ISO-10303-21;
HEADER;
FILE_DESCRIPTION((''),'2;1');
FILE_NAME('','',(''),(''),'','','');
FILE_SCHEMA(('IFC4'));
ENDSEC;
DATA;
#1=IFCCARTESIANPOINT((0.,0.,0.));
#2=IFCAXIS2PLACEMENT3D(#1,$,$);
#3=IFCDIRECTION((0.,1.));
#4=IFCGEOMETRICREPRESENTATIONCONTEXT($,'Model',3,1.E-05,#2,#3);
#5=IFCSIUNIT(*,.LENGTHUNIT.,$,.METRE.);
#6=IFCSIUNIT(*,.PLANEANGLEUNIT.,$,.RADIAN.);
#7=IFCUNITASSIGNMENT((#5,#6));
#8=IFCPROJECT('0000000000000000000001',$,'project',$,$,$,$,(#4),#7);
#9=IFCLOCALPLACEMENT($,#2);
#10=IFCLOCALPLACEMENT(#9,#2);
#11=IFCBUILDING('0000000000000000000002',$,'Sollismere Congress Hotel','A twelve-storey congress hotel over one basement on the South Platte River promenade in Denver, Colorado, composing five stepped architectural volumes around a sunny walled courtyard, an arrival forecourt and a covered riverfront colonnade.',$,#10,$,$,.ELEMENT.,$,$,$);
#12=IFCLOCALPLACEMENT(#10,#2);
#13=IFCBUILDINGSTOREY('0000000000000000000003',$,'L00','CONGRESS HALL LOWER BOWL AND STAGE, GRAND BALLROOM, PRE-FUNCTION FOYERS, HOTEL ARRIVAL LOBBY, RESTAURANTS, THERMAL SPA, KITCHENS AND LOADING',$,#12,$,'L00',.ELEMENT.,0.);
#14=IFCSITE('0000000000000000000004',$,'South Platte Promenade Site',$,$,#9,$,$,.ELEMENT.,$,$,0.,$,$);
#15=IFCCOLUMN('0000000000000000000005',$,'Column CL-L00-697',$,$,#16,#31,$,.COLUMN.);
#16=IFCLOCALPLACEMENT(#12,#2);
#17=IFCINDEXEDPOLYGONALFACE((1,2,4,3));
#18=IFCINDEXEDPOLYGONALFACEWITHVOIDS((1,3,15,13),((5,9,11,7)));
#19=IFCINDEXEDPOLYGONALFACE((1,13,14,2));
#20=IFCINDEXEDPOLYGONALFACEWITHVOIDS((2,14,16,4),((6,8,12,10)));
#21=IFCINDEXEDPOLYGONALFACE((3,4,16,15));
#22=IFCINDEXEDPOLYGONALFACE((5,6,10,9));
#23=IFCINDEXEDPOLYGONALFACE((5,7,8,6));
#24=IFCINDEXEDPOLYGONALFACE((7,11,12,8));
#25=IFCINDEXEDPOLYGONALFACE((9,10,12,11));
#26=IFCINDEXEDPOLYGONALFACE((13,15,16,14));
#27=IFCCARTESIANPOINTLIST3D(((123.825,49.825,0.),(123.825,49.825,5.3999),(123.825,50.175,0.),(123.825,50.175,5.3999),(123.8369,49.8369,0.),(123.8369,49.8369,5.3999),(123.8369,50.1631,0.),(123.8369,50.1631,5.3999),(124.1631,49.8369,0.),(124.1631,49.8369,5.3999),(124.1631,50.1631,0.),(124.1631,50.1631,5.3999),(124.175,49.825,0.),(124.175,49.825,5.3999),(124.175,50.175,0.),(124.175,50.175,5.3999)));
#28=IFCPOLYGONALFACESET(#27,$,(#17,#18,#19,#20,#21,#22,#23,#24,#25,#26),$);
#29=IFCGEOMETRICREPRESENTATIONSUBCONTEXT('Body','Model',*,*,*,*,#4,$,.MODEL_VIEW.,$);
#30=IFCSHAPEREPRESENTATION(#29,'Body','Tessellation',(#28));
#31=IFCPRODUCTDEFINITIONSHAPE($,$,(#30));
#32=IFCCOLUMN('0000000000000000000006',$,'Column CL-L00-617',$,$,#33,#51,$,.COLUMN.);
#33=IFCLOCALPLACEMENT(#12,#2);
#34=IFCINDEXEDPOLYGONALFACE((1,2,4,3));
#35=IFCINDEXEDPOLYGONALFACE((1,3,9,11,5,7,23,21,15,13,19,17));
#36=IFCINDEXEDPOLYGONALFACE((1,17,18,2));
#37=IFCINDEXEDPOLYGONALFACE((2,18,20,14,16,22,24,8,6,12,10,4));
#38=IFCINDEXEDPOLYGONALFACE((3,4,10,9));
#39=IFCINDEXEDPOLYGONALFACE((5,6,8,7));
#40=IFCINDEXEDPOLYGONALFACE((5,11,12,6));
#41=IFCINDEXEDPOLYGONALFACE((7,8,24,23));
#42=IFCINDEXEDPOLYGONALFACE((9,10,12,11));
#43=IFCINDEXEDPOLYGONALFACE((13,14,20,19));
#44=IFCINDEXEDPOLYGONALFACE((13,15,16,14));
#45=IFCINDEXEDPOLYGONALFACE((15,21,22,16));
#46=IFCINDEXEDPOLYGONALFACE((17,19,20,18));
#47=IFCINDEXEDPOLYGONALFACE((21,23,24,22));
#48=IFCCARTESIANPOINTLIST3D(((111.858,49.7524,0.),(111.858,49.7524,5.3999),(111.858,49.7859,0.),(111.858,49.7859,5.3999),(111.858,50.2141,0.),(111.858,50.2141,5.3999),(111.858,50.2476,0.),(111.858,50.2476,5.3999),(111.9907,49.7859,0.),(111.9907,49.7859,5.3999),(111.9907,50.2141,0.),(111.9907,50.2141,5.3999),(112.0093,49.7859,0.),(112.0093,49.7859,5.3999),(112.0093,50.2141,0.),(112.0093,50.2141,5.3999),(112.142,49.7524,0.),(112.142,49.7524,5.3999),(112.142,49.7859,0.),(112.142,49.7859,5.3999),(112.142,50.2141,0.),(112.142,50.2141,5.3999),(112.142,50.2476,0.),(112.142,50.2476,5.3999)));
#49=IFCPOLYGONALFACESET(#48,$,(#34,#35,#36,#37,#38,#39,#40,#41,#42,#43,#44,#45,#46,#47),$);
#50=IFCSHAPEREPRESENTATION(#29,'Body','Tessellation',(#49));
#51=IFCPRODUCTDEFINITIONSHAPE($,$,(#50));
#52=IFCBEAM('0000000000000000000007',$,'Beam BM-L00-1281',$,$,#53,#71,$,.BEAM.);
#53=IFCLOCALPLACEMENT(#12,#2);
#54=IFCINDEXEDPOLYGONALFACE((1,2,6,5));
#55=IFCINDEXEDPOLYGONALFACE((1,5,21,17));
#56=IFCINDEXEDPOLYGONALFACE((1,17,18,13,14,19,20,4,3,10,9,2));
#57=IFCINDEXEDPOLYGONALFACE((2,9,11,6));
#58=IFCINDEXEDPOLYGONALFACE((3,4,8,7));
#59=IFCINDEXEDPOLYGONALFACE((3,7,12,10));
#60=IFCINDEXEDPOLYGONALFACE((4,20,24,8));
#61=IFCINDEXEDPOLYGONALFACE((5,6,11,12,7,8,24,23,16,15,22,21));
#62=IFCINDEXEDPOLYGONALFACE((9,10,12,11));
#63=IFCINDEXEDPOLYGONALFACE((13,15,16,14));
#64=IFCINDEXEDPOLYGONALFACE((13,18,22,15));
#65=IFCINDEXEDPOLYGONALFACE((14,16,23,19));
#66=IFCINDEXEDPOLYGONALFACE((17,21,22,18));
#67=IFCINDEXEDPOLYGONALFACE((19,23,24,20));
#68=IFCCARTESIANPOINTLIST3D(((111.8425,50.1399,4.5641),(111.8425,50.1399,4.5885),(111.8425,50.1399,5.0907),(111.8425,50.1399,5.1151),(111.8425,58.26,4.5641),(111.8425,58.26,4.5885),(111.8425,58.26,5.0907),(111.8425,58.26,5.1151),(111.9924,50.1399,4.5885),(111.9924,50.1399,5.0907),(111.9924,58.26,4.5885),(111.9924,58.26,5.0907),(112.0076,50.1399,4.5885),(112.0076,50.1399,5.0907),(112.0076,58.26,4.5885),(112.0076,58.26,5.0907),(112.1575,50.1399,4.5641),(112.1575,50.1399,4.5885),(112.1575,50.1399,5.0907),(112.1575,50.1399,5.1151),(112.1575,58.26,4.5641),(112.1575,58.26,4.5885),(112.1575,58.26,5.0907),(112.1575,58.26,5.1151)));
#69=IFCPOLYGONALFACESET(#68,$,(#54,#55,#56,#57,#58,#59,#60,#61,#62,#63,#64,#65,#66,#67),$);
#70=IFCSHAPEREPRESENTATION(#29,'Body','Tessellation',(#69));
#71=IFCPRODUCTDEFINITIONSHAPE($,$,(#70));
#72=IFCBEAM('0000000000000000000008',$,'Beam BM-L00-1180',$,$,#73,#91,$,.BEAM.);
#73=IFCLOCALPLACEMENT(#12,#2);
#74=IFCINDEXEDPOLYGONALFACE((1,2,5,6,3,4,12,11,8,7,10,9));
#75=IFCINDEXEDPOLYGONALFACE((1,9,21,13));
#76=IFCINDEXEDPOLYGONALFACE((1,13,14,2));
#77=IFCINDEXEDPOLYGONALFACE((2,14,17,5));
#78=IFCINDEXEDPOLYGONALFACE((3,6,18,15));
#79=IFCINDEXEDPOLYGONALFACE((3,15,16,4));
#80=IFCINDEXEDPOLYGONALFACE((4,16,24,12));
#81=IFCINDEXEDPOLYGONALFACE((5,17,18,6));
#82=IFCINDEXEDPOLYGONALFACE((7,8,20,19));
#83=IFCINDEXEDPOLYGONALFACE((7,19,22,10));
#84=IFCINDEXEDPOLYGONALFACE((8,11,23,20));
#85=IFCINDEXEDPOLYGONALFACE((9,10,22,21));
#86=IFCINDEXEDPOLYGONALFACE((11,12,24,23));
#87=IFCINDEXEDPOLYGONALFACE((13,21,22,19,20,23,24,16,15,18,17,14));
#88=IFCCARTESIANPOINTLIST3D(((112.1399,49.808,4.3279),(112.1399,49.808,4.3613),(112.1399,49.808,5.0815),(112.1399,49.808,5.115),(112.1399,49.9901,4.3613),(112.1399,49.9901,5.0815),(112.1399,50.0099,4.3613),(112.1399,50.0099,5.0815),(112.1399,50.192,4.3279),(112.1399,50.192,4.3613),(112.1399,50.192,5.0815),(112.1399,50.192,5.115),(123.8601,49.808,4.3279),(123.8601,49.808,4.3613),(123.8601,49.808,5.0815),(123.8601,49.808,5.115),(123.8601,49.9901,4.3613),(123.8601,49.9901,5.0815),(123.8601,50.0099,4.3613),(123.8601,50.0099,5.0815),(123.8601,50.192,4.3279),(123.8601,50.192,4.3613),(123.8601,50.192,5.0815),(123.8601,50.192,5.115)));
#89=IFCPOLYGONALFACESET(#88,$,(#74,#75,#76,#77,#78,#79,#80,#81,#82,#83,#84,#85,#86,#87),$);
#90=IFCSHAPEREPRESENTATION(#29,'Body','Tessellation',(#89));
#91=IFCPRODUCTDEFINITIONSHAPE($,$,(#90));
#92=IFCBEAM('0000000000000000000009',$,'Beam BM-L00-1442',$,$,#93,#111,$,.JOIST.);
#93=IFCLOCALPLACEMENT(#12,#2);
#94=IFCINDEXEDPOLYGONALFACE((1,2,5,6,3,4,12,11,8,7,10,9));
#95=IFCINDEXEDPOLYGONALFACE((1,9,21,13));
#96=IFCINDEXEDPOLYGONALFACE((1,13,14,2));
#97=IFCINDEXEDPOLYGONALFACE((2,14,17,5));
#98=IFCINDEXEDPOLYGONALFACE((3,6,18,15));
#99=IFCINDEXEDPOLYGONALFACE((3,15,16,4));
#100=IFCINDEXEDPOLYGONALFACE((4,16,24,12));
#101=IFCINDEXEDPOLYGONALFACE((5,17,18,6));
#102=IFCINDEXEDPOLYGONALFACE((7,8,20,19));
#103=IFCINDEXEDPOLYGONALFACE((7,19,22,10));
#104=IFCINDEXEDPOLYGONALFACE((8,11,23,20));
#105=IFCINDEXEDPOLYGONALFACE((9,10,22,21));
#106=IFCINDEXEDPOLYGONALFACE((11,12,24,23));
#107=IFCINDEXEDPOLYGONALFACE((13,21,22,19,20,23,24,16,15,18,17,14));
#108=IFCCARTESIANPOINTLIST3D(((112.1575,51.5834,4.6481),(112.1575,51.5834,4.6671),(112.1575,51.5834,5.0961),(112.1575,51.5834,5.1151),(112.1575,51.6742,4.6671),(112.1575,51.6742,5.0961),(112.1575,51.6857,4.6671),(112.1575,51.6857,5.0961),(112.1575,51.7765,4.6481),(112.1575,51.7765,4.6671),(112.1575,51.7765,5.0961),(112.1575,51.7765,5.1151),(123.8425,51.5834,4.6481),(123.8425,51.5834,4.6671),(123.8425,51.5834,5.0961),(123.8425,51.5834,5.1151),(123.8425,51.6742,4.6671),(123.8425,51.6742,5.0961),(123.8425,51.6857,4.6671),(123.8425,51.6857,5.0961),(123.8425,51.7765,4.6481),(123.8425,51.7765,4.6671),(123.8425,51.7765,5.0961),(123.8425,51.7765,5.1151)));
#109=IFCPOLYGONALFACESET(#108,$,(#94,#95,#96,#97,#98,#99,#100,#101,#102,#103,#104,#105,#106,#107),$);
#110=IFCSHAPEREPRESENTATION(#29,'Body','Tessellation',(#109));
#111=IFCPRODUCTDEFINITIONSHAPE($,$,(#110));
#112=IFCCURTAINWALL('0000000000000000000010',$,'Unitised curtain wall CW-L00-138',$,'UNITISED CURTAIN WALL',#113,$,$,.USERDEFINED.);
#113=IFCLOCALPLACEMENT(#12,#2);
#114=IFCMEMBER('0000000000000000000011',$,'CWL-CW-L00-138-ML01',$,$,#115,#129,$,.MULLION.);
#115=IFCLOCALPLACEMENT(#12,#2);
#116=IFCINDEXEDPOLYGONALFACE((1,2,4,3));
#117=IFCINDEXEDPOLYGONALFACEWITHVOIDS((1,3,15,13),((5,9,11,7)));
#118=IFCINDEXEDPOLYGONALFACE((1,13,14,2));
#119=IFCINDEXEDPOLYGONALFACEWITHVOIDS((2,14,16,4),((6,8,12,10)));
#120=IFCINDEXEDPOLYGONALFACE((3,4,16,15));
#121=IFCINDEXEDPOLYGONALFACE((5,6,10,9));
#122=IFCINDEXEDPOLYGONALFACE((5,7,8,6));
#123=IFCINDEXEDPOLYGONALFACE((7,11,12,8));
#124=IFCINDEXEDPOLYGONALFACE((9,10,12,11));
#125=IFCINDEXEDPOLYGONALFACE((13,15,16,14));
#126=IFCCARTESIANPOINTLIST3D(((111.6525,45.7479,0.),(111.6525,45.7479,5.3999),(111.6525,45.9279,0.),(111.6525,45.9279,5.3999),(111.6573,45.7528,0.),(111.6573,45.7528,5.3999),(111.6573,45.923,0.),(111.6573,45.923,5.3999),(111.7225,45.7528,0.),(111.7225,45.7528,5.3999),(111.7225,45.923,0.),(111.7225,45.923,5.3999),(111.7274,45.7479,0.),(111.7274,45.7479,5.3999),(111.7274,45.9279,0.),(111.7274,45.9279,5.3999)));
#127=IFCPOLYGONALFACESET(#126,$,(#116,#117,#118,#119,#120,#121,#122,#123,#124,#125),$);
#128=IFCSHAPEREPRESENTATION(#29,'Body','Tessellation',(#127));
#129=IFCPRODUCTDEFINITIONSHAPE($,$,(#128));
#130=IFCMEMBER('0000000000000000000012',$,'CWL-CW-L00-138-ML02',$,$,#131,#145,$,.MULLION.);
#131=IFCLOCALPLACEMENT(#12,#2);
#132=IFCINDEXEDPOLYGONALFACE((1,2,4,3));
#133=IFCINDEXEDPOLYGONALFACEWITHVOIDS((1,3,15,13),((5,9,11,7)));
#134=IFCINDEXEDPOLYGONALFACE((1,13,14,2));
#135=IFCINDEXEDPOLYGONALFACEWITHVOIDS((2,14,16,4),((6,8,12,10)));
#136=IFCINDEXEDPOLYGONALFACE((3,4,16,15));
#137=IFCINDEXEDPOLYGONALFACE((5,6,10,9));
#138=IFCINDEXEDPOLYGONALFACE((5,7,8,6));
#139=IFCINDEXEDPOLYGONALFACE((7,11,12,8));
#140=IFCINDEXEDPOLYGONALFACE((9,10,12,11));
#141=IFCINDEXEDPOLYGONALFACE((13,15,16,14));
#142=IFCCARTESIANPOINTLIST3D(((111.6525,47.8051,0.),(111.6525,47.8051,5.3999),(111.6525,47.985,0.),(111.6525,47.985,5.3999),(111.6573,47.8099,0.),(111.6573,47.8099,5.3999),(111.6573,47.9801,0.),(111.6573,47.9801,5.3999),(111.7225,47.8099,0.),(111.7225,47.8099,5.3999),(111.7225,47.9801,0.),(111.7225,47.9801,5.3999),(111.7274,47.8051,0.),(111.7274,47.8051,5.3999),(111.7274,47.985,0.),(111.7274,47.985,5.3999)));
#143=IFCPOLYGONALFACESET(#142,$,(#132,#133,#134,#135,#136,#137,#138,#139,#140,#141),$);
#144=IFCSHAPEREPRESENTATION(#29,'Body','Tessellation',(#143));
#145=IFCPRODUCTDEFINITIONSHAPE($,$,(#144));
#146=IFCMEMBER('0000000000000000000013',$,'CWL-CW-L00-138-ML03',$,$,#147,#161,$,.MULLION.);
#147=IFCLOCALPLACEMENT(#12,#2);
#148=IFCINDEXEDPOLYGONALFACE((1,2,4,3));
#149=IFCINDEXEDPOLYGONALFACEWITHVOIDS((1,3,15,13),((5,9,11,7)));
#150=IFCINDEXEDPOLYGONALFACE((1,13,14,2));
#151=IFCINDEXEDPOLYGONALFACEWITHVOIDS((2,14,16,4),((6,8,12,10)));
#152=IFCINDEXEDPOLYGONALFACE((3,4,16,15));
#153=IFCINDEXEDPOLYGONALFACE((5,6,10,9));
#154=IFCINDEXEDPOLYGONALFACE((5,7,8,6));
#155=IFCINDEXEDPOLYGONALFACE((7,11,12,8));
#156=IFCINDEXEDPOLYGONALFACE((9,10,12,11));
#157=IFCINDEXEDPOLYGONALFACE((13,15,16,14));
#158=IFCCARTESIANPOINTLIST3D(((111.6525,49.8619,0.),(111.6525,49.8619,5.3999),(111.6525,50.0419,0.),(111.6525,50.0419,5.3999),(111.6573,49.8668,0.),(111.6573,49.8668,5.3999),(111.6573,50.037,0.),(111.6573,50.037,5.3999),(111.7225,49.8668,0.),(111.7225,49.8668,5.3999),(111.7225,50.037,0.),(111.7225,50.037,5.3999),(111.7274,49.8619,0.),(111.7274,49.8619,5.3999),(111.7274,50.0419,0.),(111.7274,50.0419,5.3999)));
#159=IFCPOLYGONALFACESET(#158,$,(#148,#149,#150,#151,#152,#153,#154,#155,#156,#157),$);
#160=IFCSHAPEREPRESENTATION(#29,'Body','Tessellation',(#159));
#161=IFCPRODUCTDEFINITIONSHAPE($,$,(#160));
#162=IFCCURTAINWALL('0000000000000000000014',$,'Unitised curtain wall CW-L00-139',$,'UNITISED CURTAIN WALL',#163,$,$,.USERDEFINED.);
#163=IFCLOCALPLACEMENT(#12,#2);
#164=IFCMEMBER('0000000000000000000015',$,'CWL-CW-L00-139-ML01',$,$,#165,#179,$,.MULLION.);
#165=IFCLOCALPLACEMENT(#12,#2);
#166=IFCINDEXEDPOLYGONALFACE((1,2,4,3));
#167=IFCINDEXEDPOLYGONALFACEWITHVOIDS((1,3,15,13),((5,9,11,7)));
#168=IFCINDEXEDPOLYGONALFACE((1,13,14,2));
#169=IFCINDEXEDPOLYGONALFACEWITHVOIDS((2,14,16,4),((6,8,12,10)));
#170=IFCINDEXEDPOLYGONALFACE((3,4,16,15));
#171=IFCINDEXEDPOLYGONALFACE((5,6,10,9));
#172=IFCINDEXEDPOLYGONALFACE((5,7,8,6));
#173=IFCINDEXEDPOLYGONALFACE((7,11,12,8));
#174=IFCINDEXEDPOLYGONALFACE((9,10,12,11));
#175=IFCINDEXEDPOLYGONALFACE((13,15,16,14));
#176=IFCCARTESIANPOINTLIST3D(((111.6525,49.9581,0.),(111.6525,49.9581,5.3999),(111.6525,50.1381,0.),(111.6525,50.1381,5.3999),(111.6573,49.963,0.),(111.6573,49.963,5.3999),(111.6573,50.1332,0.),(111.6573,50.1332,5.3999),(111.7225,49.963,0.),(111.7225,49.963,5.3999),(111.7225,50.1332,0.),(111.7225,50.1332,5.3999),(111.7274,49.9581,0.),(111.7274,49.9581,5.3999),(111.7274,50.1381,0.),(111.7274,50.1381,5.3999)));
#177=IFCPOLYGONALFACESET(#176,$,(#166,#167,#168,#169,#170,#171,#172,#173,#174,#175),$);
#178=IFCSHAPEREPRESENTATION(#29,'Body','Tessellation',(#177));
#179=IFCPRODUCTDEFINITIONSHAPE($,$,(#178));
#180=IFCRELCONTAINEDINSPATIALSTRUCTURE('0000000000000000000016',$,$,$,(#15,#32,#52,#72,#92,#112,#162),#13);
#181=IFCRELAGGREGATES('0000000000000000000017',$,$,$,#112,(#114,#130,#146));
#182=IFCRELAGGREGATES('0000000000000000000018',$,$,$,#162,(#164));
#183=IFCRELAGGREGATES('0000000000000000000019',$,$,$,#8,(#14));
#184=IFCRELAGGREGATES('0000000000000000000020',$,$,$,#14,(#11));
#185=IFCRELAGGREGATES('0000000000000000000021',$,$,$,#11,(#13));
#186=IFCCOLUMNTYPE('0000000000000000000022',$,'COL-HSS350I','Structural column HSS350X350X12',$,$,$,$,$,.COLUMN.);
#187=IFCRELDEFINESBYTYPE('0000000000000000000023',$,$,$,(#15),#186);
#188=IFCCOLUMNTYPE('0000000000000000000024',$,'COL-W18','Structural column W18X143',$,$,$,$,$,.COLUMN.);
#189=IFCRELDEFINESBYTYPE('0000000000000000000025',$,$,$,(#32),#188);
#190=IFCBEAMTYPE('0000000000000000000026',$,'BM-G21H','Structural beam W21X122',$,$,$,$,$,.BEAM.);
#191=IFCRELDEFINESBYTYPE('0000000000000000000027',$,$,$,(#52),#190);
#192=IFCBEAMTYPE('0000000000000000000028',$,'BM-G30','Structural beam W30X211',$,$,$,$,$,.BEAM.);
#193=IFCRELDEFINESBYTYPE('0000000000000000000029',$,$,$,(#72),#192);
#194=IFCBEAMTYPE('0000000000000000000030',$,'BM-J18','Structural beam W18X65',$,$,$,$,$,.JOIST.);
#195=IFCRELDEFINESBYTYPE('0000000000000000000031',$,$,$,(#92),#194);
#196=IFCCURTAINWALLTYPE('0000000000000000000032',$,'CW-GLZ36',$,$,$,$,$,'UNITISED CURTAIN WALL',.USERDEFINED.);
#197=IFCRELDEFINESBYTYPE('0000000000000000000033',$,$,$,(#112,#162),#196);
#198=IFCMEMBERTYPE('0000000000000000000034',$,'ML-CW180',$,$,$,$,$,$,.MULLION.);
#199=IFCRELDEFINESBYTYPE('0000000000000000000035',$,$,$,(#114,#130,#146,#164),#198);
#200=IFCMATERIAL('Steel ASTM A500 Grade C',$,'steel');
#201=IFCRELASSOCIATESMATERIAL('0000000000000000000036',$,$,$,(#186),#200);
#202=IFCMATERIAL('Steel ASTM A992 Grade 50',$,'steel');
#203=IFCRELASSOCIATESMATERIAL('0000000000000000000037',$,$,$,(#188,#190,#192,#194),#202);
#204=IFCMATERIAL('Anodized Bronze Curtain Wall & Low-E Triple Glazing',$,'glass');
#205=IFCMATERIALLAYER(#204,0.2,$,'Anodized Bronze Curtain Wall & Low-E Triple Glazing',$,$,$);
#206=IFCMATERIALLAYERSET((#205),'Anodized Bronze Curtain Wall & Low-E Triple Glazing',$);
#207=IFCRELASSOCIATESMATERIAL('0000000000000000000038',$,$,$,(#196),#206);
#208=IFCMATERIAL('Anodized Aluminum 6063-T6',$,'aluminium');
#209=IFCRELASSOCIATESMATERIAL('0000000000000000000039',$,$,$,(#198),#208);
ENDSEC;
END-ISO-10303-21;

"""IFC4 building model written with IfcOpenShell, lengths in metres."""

from ifc_helpers import new_model, si_unit, direction, frame, origin, origin_2d, place, context, subcontext, project, spatial, hollow_rectangle, i_section, extrude, material, layer, layer_set, material_profile, profile_set, type_object, element, aggregate, save


model = new_model("IFC4")

# Units and contexts
model_context = context("Model", 3, precision=1e-05, world=origin(), true_north=direction((0.0, 1.0)))
body_context = subcontext(model_context, "Body", "Model", "MODEL_VIEW")
ifc_project = project(units=[si_unit("LENGTHUNIT", "METRE"), si_unit("PLANEANGLEUNIT", "RADIAN")], contexts=[model_context])

# Site, building, storey
site_placement = place(None, origin())
site = spatial("IfcSite", under=ifc_project, at=site_placement, Name="South Platte Promenade Site", CompositionType="ELEMENT", RefElevation=0.0)
building_placement = place(site_placement, origin())
building = spatial("IfcBuilding", under=site, at=building_placement, Name="Sollismere Congress Hotel", Description="A twelve-storey congress hotel over one basement on the South Platte River promenade in Denver, Colorado, composing five stepped architectural volumes around a sunny walled courtyard, an arrival forecourt and a covered riverfront colonnade.", CompositionType="ELEMENT")
storey_placement = place(building_placement, origin())
storey = spatial("IfcBuildingStorey", under=building, at=storey_placement, Name="L00", Description="CONGRESS HALL LOWER BOWL AND STAGE, GRAND BALLROOM, PRE-FUNCTION FOYERS, HOTEL ARRIVAL LOBBY, RESTAURANTS, THERMAL SPA, KITCHENS AND LOADING", LongName="L00", CompositionType="ELEMENT", Elevation=0.0)

# Columns
ifc_material_1 = material(Name="Steel ASTM A500 Grade C", Category="steel")
ifc_material_profile_1 = material_profile(ifc_material_1, hollow_rectangle(XDim=0.3501, YDim=0.3501, WallThickness=0.012, at=origin_2d()), Name="HSS350X350X12")
ifc_profile_set_1 = profile_set([ifc_material_profile_1], Name="Steel ASTM A500 Grade C")
column_type_1 = type_object("IfcColumnType", Name="COL-HSS350I", Description="Structural column HSS350X350X12", PredefinedType="COLUMN", material=ifc_profile_set_1)
column_1_placement = place(storey_placement, frame((124.0, 50.0, 0.0), z_axis=(0.0, 0.0, 1.0), x_axis=(1.0, 0.0, 0.0)))
element("IfcColumn", 1, at=column_1_placement, inside=storey, type_object=column_type_1, Name="Column CL-L00-697", PredefinedType="COLUMN", context=body_context, shape_type="SweptSolid", body=[
    extrude(hollow_rectangle(XDim=0.3501, YDim=0.3501, WallThickness=0.012, at=origin_2d()), origin(), (0.0, 0.0, 1.0), 5.3999),
])
ifc_material_2 = material(Name="Steel ASTM A992 Grade 50", Category="steel")
ifc_material_profile_2 = material_profile(ifc_material_2, i_section(OverallWidth=0.2839, OverallDepth=0.4951, WebThickness=0.0186, FlangeThickness=0.0334, at=origin_2d()), Name="W18X143")
ifc_profile_set_2 = profile_set([ifc_material_profile_2], Name="Steel ASTM A992 Grade 50")
column_type_2 = type_object("IfcColumnType", Name="COL-W18", Description="Structural column W18X143", PredefinedType="COLUMN", material=ifc_profile_set_2)
column_2_placement = place(storey_placement, frame((112.0, 50.0, 0.0), z_axis=(0.0, 0.0, 1.0), x_axis=(1.0, 0.0, 0.0)))
element("IfcColumn", 2, at=column_2_placement, inside=storey, type_object=column_type_2, Name="Column CL-L00-617", PredefinedType="COLUMN", context=body_context, shape_type="SweptSolid", body=[
    extrude(i_section(OverallWidth=0.2839, OverallDepth=0.4951, WebThickness=0.0186, FlangeThickness=0.0334, at=origin_2d()), origin(), (0.0, 0.0, 1.0), 5.3999),
])

# Beams
ifc_material_profile_3 = material_profile(ifc_material_2, i_section(OverallWidth=0.3149, OverallDepth=0.551, WebThickness=0.0151, FlangeThickness=0.0244, at=origin_2d()), Name="W21X122")
ifc_profile_set_3 = profile_set([ifc_material_profile_3], Name="Steel ASTM A992 Grade 50")
beam_type_1 = type_object("IfcBeamType", Name="BM-G21H", Description="Structural beam W21X122", PredefinedType="BEAM", material=ifc_profile_set_3)
beam_1_placement = place(storey_placement, frame((112.0, 50.1399, 4.8396), z_axis=(0.0, 1.0, 0.0), x_axis=(-1.0, 0.0, 0.0)))
element("IfcBeam", 3, at=beam_1_placement, inside=storey, type_object=beam_type_1, Name="Beam BM-L00-1281", PredefinedType="BEAM", context=body_context, shape_type="SweptSolid", body=[
    extrude(i_section(OverallWidth=0.3149, OverallDepth=0.551, WebThickness=0.0151, FlangeThickness=0.0244, at=origin_2d()), origin(), (0.0, 0.0, 1.0), 8.1201),
])
ifc_material_profile_4 = material_profile(ifc_material_2, i_section(OverallWidth=0.384, OverallDepth=0.7871, WebThickness=0.0198, FlangeThickness=0.0334, at=origin_2d()), Name="W30X211")
ifc_profile_set_4 = profile_set([ifc_material_profile_4], Name="Steel ASTM A992 Grade 50")
beam_type_2 = type_object("IfcBeamType", Name="BM-G30", Description="Structural beam W30X211", PredefinedType="BEAM", material=ifc_profile_set_4)
beam_2_placement = place(storey_placement, frame((112.1399, 50.0, 4.7214), z_axis=(1.0, 0.0, 0.0), x_axis=(0.0, 1.0, 0.0)))
element("IfcBeam", 4, at=beam_2_placement, inside=storey, type_object=beam_type_2, Name="Beam BM-L00-1180", PredefinedType="BEAM", context=body_context, shape_type="SweptSolid", body=[
    extrude(i_section(OverallWidth=0.384, OverallDepth=0.7871, WebThickness=0.0198, FlangeThickness=0.0334, at=origin_2d()), origin(), (0.0, 0.0, 1.0), 11.7202),
])
ifc_material_profile_5 = material_profile(ifc_material_2, i_section(OverallWidth=0.1931, OverallDepth=0.467, WebThickness=0.0115, FlangeThickness=0.019, at=origin_2d()), Name="W18X65")
ifc_profile_set_5 = profile_set([ifc_material_profile_5], Name="Steel ASTM A992 Grade 50")
beam_type_3 = type_object("IfcBeamType", Name="BM-J18", Description="Structural beam W18X65", PredefinedType="JOIST", material=ifc_profile_set_5)
beam_3_placement = place(storey_placement, frame((112.1575, 51.6799, 4.8816), z_axis=(1.0, 0.0, 0.0), x_axis=(0.0, 1.0, 0.0)))
element("IfcBeam", 5, at=beam_3_placement, inside=storey, type_object=beam_type_3, Name="Beam BM-L00-1442", PredefinedType="JOIST", context=body_context, shape_type="SweptSolid", body=[
    extrude(i_section(OverallWidth=0.1931, OverallDepth=0.467, WebThickness=0.0115, FlangeThickness=0.019, at=origin_2d()), origin(), (0.0, 0.0, 1.0), 11.6851),
])

# Curtain walls, members
ifc_material_3 = material(Name="Anodized Bronze Curtain Wall & Low-E Triple Glazing", Category="glass")
ifc_layer_1 = layer(ifc_material_3, 0.2, Name="Anodized Bronze Curtain Wall & Low-E Triple Glazing")
ifc_layer_set_1 = layer_set([ifc_layer_1], Name="Anodized Bronze Curtain Wall & Low-E Triple Glazing")
curtain_wall_type = type_object("IfcCurtainWallType", Name="CW-GLZ36", ElementType="UNITISED CURTAIN WALL", PredefinedType="USERDEFINED", material=ifc_layer_set_1)
curtain_wall_1_placement = place(storey_placement, origin())
curtain_wall_1 = element("IfcCurtainWall", 6, at=curtain_wall_1_placement, inside=storey, type_object=curtain_wall_type, Name="Unitised curtain wall CW-L00-138", ObjectType="UNITISED CURTAIN WALL", PredefinedType="USERDEFINED")
ifc_material_4 = material(Name="Anodized Aluminum 6063-T6", Category="aluminium")
ifc_material_profile_6 = material_profile(ifc_material_4, hollow_rectangle(XDim=0.075, YDim=0.1799, WallThickness=0.0049, at=origin_2d()), Name="ALU180X75X5")
ifc_profile_set_6 = profile_set([ifc_material_profile_6], Name="Anodized Aluminum 6063-T6")
member_type_1 = type_object("IfcMemberType", Name="ML-CW180", PredefinedType="MULLION", material=ifc_profile_set_6)
member_1_placement = place(storey_placement, frame((111.6899, 45.8379, 0.0), z_axis=(0.0, 0.0, 1.0), x_axis=(-1.0, 0.0, 0.0)))
member_1 = element("IfcMember", 7, at=member_1_placement, type_object=member_type_1, Name="CWL-CW-L00-138-ML01", PredefinedType="MULLION", context=body_context, shape_type="SweptSolid", body=[
    extrude(hollow_rectangle(XDim=0.075, YDim=0.1799, WallThickness=0.0049, at=origin_2d()), origin(), (0.0, 0.0, 1.0), 5.3999),
])
member_2_placement = place(storey_placement, frame((111.6899, 47.895, 0.0), z_axis=(0.0, 0.0, 1.0), x_axis=(-1.0, 0.0, 0.0)))
member_2 = element("IfcMember", 8, at=member_2_placement, type_object=member_type_1, Name="CWL-CW-L00-138-ML02", PredefinedType="MULLION", context=body_context, shape_type="SweptSolid", body=[
    extrude(hollow_rectangle(XDim=0.075, YDim=0.1799, WallThickness=0.0049, at=origin_2d()), origin(), (0.0, 0.0, 1.0), 5.3999),
])
member_3_placement = place(storey_placement, frame((111.6899, 49.9519, 0.0), z_axis=(0.0, 0.0, 1.0), x_axis=(-1.0, 0.0, 0.0)))
member_3 = element("IfcMember", 9, at=member_3_placement, type_object=member_type_1, Name="CWL-CW-L00-138-ML03", PredefinedType="MULLION", context=body_context, shape_type="SweptSolid", body=[
    extrude(hollow_rectangle(XDim=0.075, YDim=0.1799, WallThickness=0.0049, at=origin_2d()), origin(), (0.0, 0.0, 1.0), 5.3999),
])
curtain_wall_2_placement = place(storey_placement, origin())
curtain_wall_2 = element("IfcCurtainWall", 10, at=curtain_wall_2_placement, inside=storey, type_object=curtain_wall_type, Name="Unitised curtain wall CW-L00-139", ObjectType="UNITISED CURTAIN WALL", PredefinedType="USERDEFINED")
member_4_placement = place(storey_placement, frame((111.6899, 50.0481, 0.0), z_axis=(0.0, 0.0, 1.0), x_axis=(-1.0, 0.0, 0.0)))
member_4 = element("IfcMember", 11, at=member_4_placement, type_object=member_type_1, Name="CWL-CW-L00-139-ML01", PredefinedType="MULLION", context=body_context, shape_type="SweptSolid", body=[
    extrude(hollow_rectangle(XDim=0.075, YDim=0.1799, WallThickness=0.0049, at=origin_2d()), origin(), (0.0, 0.0, 1.0), 5.3999),
])

aggregate(curtain_wall_1, [member_1, member_2, member_3])
aggregate(curtain_wall_2, [member_4])

save(model, "model.ifc")
